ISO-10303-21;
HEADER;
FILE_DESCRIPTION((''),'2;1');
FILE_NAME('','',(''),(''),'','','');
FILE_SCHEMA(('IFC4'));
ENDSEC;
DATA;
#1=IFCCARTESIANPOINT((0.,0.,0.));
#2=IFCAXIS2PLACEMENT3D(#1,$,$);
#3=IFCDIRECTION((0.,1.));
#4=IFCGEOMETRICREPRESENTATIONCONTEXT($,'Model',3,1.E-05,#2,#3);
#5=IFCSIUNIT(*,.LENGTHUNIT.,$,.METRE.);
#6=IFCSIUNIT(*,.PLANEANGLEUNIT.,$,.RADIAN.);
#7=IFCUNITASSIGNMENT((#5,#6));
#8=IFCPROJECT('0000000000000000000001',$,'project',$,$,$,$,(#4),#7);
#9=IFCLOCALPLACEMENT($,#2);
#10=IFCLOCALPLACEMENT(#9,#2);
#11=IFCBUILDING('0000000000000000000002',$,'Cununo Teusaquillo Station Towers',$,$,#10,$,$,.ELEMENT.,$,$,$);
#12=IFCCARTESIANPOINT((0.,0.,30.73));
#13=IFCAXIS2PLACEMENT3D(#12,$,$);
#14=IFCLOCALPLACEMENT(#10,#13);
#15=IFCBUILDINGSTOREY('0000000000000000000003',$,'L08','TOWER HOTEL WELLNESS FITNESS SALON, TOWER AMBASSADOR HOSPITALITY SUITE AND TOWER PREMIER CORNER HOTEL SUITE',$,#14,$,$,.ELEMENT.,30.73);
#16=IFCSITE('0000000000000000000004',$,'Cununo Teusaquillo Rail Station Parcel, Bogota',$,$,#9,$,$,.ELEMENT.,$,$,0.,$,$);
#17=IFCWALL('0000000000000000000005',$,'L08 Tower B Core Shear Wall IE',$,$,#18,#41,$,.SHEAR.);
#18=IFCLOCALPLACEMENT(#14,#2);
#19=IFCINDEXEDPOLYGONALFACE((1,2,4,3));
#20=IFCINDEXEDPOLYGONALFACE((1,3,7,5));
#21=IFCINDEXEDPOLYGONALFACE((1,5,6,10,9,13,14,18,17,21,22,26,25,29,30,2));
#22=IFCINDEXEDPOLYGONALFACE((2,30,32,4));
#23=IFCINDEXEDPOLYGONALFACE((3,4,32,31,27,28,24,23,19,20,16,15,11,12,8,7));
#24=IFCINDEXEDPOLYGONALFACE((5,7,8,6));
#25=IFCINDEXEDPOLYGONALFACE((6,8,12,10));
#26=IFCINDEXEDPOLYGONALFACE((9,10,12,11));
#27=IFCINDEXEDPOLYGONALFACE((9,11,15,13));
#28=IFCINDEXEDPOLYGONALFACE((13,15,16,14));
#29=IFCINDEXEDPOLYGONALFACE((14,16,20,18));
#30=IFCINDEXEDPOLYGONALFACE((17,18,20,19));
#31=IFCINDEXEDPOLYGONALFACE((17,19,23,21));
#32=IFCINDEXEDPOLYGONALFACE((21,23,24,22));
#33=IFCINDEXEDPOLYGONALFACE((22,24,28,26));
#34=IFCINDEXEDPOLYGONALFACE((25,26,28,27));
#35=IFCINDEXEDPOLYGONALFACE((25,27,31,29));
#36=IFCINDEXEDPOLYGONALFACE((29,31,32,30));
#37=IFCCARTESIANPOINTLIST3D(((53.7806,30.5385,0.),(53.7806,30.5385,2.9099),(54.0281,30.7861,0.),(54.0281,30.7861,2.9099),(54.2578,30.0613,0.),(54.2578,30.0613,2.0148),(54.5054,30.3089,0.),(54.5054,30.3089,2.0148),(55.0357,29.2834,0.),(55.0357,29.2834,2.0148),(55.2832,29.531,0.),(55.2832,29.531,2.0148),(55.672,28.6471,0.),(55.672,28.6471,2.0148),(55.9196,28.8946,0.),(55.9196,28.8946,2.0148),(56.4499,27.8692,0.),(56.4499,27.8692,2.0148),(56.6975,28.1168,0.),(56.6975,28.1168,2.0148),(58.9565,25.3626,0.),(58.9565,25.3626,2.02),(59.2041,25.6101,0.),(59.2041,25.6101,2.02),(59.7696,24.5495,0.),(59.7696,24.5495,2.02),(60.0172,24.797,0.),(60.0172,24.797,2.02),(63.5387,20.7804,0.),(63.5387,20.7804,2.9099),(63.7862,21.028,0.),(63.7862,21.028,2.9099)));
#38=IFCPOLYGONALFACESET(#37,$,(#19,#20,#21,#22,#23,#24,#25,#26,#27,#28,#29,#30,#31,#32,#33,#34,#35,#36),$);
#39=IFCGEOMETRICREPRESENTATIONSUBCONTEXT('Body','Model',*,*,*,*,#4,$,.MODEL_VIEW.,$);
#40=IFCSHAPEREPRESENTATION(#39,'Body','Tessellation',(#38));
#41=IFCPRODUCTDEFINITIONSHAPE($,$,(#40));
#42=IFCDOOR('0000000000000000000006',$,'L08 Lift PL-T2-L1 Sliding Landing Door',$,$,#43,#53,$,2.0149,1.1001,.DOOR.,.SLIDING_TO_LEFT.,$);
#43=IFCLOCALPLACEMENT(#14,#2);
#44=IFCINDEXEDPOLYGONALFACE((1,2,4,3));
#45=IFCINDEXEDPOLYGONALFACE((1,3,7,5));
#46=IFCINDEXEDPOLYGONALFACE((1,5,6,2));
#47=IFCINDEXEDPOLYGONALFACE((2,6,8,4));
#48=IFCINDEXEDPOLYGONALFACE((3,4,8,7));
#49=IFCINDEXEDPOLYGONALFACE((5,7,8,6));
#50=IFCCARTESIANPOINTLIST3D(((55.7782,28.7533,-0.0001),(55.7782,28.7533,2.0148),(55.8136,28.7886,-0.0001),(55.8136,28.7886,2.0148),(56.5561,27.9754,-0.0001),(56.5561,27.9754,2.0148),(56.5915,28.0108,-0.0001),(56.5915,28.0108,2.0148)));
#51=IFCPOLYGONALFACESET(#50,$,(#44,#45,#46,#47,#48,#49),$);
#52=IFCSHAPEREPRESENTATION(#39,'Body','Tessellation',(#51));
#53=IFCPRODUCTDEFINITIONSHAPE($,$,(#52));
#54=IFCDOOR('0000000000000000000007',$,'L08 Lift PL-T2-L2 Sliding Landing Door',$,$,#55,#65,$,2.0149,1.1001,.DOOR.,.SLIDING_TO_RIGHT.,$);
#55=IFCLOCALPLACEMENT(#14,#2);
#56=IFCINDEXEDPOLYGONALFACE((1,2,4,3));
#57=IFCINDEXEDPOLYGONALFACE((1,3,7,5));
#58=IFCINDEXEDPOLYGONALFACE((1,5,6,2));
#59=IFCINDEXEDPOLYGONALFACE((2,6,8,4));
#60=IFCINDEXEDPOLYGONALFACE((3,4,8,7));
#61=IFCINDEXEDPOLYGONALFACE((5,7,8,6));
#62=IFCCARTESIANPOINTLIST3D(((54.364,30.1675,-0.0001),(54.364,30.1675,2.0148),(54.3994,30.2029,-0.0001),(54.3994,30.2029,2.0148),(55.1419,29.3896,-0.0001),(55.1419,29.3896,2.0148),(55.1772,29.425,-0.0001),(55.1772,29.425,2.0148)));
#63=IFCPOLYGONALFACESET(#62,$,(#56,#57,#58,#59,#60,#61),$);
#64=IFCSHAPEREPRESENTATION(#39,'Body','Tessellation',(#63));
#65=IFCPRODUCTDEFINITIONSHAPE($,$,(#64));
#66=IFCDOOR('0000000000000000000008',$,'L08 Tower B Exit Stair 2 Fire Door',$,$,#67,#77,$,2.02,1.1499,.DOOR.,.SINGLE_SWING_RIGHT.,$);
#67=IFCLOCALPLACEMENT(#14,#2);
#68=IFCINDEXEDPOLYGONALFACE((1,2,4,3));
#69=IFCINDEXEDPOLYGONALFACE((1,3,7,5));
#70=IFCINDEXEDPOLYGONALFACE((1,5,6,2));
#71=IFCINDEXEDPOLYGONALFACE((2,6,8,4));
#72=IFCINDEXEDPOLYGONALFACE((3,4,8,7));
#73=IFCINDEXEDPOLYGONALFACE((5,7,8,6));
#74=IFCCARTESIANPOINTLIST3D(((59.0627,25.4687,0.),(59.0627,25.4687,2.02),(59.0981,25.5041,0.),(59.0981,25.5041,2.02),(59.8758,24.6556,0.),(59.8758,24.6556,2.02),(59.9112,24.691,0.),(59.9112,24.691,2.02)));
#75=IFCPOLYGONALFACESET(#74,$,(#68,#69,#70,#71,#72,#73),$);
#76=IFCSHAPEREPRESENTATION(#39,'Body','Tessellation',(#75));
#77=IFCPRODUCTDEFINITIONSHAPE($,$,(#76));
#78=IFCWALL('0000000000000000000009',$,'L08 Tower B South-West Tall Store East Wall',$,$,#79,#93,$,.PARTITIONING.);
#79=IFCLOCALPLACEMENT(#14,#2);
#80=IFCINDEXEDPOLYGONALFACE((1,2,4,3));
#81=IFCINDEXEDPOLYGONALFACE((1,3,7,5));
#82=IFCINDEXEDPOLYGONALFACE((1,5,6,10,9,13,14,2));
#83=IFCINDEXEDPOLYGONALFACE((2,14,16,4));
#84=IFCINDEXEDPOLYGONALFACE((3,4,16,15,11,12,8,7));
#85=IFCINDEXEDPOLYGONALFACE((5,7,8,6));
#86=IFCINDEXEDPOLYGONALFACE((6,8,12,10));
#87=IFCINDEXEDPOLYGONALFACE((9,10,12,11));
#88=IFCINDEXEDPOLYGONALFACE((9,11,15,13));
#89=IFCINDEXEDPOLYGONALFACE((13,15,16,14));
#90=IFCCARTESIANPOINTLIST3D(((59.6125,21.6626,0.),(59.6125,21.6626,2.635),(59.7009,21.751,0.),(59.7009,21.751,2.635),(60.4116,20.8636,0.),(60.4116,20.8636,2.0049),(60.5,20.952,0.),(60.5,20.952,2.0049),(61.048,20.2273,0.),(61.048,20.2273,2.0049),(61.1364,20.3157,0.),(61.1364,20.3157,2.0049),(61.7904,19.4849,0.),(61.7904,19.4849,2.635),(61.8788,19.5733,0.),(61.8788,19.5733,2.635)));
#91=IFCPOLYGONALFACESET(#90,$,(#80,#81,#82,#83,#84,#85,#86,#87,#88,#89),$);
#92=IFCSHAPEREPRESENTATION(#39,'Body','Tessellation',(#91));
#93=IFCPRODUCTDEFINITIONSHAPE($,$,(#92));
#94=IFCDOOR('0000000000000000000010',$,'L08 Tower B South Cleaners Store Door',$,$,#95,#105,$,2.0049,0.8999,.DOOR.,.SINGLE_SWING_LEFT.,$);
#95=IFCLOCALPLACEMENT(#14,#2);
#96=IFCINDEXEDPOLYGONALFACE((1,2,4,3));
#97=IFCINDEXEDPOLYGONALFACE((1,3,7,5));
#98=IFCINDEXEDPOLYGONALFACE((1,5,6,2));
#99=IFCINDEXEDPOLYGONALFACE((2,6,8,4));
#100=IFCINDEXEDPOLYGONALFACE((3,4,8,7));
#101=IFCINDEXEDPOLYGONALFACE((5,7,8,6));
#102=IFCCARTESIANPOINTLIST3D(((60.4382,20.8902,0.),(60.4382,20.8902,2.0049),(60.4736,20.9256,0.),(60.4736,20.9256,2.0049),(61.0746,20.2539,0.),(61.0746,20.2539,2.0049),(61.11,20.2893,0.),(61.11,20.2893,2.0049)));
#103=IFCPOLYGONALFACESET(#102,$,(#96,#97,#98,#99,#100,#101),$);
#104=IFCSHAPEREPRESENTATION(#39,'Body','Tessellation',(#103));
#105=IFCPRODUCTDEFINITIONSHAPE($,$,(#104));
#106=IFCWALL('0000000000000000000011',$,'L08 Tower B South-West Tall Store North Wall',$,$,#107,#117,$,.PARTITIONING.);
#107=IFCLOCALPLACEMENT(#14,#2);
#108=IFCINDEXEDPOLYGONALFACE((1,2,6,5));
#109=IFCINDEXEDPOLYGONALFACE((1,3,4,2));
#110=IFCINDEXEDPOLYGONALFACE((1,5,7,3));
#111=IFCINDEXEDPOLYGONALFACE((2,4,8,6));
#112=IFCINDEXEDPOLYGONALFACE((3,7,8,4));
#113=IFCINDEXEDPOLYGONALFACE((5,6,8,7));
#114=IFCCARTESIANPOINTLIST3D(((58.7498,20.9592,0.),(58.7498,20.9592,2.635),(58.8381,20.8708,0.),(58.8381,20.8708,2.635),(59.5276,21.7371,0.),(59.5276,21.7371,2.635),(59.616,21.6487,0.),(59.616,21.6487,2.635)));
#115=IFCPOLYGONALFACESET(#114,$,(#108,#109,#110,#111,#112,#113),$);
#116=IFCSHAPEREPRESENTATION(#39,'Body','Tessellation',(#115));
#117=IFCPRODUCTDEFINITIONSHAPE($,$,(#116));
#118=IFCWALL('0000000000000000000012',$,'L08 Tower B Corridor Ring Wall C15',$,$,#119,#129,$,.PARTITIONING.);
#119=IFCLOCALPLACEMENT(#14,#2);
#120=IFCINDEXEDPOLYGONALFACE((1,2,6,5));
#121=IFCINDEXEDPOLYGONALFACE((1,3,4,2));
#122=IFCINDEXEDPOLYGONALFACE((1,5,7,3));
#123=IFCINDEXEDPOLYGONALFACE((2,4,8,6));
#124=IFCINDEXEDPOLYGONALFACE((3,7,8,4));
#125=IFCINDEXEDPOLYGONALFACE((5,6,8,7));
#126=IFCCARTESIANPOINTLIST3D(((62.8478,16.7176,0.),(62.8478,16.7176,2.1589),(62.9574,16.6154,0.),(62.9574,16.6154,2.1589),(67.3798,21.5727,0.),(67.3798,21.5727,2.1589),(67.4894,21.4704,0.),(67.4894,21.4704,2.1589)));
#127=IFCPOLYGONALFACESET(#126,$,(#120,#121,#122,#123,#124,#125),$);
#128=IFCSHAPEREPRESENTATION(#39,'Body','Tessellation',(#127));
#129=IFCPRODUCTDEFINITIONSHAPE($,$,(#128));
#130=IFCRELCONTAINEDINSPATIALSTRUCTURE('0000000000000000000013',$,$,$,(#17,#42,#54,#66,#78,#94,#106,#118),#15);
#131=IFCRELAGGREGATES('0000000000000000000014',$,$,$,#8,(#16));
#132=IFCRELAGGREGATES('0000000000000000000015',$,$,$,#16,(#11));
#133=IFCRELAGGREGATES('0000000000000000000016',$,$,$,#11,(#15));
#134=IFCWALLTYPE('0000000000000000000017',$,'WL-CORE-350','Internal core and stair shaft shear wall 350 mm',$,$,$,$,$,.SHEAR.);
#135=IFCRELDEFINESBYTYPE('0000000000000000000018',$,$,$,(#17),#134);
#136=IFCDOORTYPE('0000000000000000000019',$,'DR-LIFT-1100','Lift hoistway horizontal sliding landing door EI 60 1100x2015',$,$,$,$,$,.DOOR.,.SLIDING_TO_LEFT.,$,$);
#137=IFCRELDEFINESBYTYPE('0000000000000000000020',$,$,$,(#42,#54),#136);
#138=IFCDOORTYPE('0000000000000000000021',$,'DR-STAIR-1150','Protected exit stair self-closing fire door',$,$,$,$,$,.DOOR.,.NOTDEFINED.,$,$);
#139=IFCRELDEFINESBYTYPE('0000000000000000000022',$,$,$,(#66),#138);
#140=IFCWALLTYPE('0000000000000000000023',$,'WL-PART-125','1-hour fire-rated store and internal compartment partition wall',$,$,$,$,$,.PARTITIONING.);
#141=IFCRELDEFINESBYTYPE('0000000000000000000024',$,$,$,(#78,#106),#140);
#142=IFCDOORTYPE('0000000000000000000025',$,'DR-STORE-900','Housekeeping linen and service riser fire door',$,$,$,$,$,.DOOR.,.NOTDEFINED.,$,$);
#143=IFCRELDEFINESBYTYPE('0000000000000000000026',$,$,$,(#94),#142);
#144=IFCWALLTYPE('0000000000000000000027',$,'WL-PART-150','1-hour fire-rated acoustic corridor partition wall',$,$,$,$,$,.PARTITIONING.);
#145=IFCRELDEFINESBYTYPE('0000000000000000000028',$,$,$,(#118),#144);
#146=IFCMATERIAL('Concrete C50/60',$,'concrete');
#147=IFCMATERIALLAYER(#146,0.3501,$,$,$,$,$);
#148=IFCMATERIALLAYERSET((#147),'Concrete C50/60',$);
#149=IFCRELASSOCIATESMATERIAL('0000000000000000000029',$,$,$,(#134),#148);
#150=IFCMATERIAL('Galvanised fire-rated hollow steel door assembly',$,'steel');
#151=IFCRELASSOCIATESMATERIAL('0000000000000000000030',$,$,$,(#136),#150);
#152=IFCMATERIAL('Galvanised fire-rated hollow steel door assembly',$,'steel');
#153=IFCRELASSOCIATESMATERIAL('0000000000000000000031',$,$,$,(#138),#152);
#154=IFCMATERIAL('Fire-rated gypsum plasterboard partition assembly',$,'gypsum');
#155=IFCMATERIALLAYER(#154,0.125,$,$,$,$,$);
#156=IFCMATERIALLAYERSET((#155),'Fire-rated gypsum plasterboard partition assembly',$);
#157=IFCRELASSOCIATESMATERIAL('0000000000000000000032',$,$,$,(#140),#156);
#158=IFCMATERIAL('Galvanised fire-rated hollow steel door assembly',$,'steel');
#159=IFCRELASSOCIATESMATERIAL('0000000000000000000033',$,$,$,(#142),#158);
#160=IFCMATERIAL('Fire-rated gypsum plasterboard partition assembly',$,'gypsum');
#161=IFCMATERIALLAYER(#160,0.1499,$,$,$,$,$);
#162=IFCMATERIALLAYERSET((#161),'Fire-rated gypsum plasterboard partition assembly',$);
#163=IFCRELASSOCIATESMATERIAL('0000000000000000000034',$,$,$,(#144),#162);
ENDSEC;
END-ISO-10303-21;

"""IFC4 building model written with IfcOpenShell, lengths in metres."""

from ifc_helpers import new_model, si_unit, direction, frame, frame_2d, origin, place, context, subcontext, project, spatial, rectangle, extrude, source, transform, mapped, material, layer, layer_set, type_object, element, fill, save


model = new_model("IFC4")

# Units and contexts
model_context = context("Model", 3, precision=1e-05, world=origin(), true_north=direction((0.0, 1.0)))
body_context = subcontext(model_context, "Body", "Model", "MODEL_VIEW")
ifc_project = project(units=[si_unit("LENGTHUNIT", "METRE"), si_unit("PLANEANGLEUNIT", "RADIAN")], contexts=[model_context])

# Site, building, storey
site_placement = place(None, origin())
site = spatial("IfcSite", under=ifc_project, at=site_placement, Name="Cununo Teusaquillo Rail Station Parcel, Bogota", CompositionType="ELEMENT", RefElevation=0.0)
building_placement = place(site_placement, origin())
building = spatial("IfcBuilding", under=site, at=building_placement, Name="Cununo Teusaquillo Station Towers", CompositionType="ELEMENT")
storey_placement = place(building_placement, frame((0.0, 0.0, 30.73)))
storey = spatial("IfcBuildingStorey", under=building, at=storey_placement, Name="L08", Description="TOWER HOTEL WELLNESS FITNESS SALON, TOWER AMBASSADOR HOSPITALITY SUITE AND TOWER PREMIER CORNER HOTEL SUITE", CompositionType="ELEMENT", Elevation=30.73)

# Wall, openings, doors
ifc_material_1 = material(Name="Concrete C50/60", Category="concrete")
ifc_layer_1 = layer(ifc_material_1, 0.3501)
ifc_layer_set_1 = layer_set([ifc_layer_1], Name="Concrete C50/60")
wall_type_1 = type_object("IfcWallType", Name="WL-CORE-350", Description="Internal core and stair shaft shear wall 350 mm", PredefinedType="SHEAR", material=ifc_layer_set_1)
shared_shape_1 = source(origin(), body_context, "Body", "SweptSolid", [
    extrude(rectangle(XDim=1.1001, YDim=2.0149, at=frame_2d((0.55, 1.0073))), frame((0.0, 0.1851, 0.0), z_axis=(0.0, -1.0, 0.0), x_axis=(1.0, 0.0, 0.0)), (0.0, 0.0, 1.0), 0.3701),
])
shared_shape_2 = source(origin(), body_context, "Body", "SweptSolid", [
    extrude(rectangle(XDim=1.1499, YDim=2.02, at=frame_2d((0.575, 1.01))), frame((0.0, 0.1851, 0.0), z_axis=(0.0, -1.0, 0.0), x_axis=(1.0, 0.0, 0.0)), (0.0, 0.0, 1.0), 0.3701),
])
ifc_material_2 = material(Name="Galvanised fire-rated hollow steel door assembly", Category="steel")
door_type_1 = type_object("IfcDoorType", Name="DR-LIFT-1100", Description="Lift hoistway horizontal sliding landing door EI 60 1100x2015", OperationType="SLIDING_TO_LEFT", PredefinedType="DOOR", material=ifc_material_2)
shared_shape_3 = source(origin(), body_context, "Body", "SweptSolid", [
    extrude(rectangle(XDim=1.1001, YDim=2.0149, at=frame_2d((0.55, 1.0073))), frame((0.0, 0.0249, 0.0), z_axis=(0.0, -1.0, 0.0), x_axis=(1.0, 0.0, 0.0)), (0.0, 0.0, 1.0), 0.05),
])
ifc_material_3 = material(Name="Galvanised fire-rated hollow steel door assembly", Category="steel")
door_type_2 = type_object("IfcDoorType", Name="DR-STAIR-1150", Description="Protected exit stair self-closing fire door", OperationType="NOTDEFINED", PredefinedType="DOOR", material=ifc_material_3)
shared_shape_4 = source(origin(), body_context, "Body", "SweptSolid", [
    extrude(rectangle(XDim=1.1499, YDim=2.02, at=frame_2d((0.575, 1.01))), frame((0.0, 0.0249, 0.0), z_axis=(0.0, -1.0, 0.0), x_axis=(1.0, 0.0, 0.0)), (0.0, 0.0, 1.0), 0.05),
])
wall_1_placement = place(storey_placement, frame((63.6624, 20.9043, 0.0), z_axis=(0.0, 0.0, 1.0), x_axis=(-0.707107, 0.707107, 0.0)))
wall_1 = element("IfcWall", 1, at=wall_1_placement, inside=storey, type_object=wall_type_1, Name="L08 Tower B Core Shear Wall IE", PredefinedType="SHEAR", context=body_context, shape_type="SweptSolid", body=[
    extrude(rectangle(XDim=13.8, YDim=0.3501, at=frame_2d((6.8999, 0.0))), origin(), (0.0, 0.0, 1.0), 2.9099),
])
opening_1_placement = place(wall_1_placement, frame((10.0249, 0.0, 0.0)))
opening_1 = element("IfcOpeningElement", 2, at=opening_1_placement, cuts=wall_1, PredefinedType="OPENING", context=body_context, shape_type="MappedRepresentation", body=[
    mapped(shared_shape_1, transform((0.0, 0.0, 0.0), x_axis=(1.0, 0.0, 0.0), y_axis=(0.0, 1.0, 0.0), z_axis=(0.0, 0.0, 1.0), scale=1.0)),
])
opening_2_placement = place(wall_1_placement, frame((12.0249, 0.0, 0.0)))
opening_2 = element("IfcOpeningElement", 3, at=opening_2_placement, cuts=wall_1, PredefinedType="OPENING", context=body_context, shape_type="MappedRepresentation", body=[
    mapped(shared_shape_1, transform((0.0, 0.0, 0.0), x_axis=(1.0, 0.0, 0.0), y_axis=(0.0, 1.0, 0.0), z_axis=(0.0, 0.0, 1.0), scale=1.0)),
])
opening_3_placement = place(wall_1_placement, frame((5.3301, 0.0, 0.0)))
opening_3 = element("IfcOpeningElement", 4, at=opening_3_placement, cuts=wall_1, PredefinedType="OPENING", context=body_context, shape_type="MappedRepresentation", body=[
    mapped(shared_shape_2, transform((0.0, 0.0, 0.0), x_axis=(1.0, 0.0, 0.0), y_axis=(0.0, 1.0, 0.0), z_axis=(0.0, 0.0, 1.0), scale=1.0)),
])
door_1_placement = place(opening_1_placement, origin())
door_1 = element("IfcDoor", 5, at=door_1_placement, inside=storey, type_object=door_type_1, Name="L08 Lift PL-T2-L1 Sliding Landing Door", OperationType="SLIDING_TO_LEFT", OverallHeight=2.0149, OverallWidth=1.1001, PredefinedType="DOOR", context=body_context, shape_type="MappedRepresentation", body=[
    mapped(shared_shape_3, transform((0.0, 0.0, 0.0), x_axis=(1.0, 0.0, 0.0), y_axis=(0.0, 1.0, 0.0), z_axis=(0.0, 0.0, 1.0), scale=1.0)),
])
fill(opening_1, door_1)
door_2_placement = place(opening_2_placement, origin())
door_2 = element("IfcDoor", 6, at=door_2_placement, inside=storey, type_object=door_type_1, Name="L08 Lift PL-T2-L2 Sliding Landing Door", OperationType="SLIDING_TO_RIGHT", OverallHeight=2.0149, OverallWidth=1.1001, PredefinedType="DOOR", context=body_context, shape_type="MappedRepresentation", body=[
    mapped(shared_shape_3, transform((0.0, 0.0, 0.0), x_axis=(1.0, 0.0, 0.0), y_axis=(0.0, 1.0, 0.0), z_axis=(0.0, 0.0, 1.0), scale=1.0)),
])
fill(opening_2, door_2)
door_3_placement = place(opening_3_placement, origin())
door_3 = element("IfcDoor", 7, at=door_3_placement, inside=storey, type_object=door_type_2, Name="L08 Tower B Exit Stair 2 Fire Door", OperationType="SINGLE_SWING_RIGHT", OverallHeight=2.02, OverallWidth=1.1499, PredefinedType="DOOR", context=body_context, shape_type="MappedRepresentation", body=[
    mapped(shared_shape_4, transform((0.0, 0.0, 0.0), x_axis=(1.0, 0.0, 0.0), y_axis=(0.0, 1.0, 0.0), z_axis=(0.0, 0.0, 1.0), scale=1.0)),
])
fill(opening_3, door_3)

# Wall, opening, door
ifc_material_4 = material(Name="Fire-rated gypsum plasterboard partition assembly", Category="gypsum")
ifc_layer_2 = layer(ifc_material_4, 0.125)
ifc_layer_set_2 = layer_set([ifc_layer_2], Name="Fire-rated gypsum plasterboard partition assembly")
wall_type_2 = type_object("IfcWallType", Name="WL-PART-125", Description="1-hour fire-rated store and internal compartment partition wall", PredefinedType="PARTITIONING", material=ifc_layer_set_2)
wall_2_placement = place(storey_placement, frame((61.8347, 19.5291, 0.0), z_axis=(0.0, 0.0, 1.0), x_axis=(-0.707146, 0.707067, 0.0)))
wall_2 = element("IfcWall", 8, at=wall_2_placement, inside=storey, type_object=wall_type_2, Name="L08 Tower B South-West Tall Store East Wall", PredefinedType="PARTITIONING", context=body_context, shape_type="SweptSolid", body=[
    extrude(rectangle(XDim=3.0798, YDim=0.125, at=frame_2d((1.54, 0.0))), origin(), (0.0, 0.0, 1.0), 2.635),
])
shared_shape_5 = source(origin(), body_context, "Body", "SweptSolid", [
    extrude(rectangle(XDim=0.8999, YDim=2.0049, at=frame_2d((0.45, 1.0024))), frame((0.0, 0.0725, 0.0), z_axis=(0.0, -1.0, 0.0), x_axis=(1.0, 0.0, 0.0)), (0.0, 0.0, 1.0), 0.145),
])
opening_4_placement = place(wall_2_placement, frame((1.05, 0.0, 0.0)))
opening_4 = element("IfcOpeningElement", 9, at=opening_4_placement, cuts=wall_2, PredefinedType="OPENING", context=body_context, shape_type="MappedRepresentation", body=[
    mapped(shared_shape_5, transform((0.0, 0.0, 0.0), x_axis=(1.0, 0.0, 0.0), y_axis=(0.0, 1.0, 0.0), z_axis=(0.0, 0.0, 1.0), scale=1.0)),
])
ifc_material_5 = material(Name="Galvanised fire-rated hollow steel door assembly", Category="steel")
door_type_3 = type_object("IfcDoorType", Name="DR-STORE-900", Description="Housekeeping linen and service riser fire door", OperationType="NOTDEFINED", PredefinedType="DOOR", material=ifc_material_5)
shared_shape_6 = source(origin(), body_context, "Body", "SweptSolid", [
    extrude(rectangle(XDim=0.8999, YDim=2.0049, at=frame_2d((0.45, 1.0024))), frame((0.0, 0.0249, 0.0), z_axis=(0.0, -1.0, 0.0), x_axis=(1.0, 0.0, 0.0)), (0.0, 0.0, 1.0), 0.05),
])
door_4_placement = place(opening_4_placement, origin())
door_4 = element("IfcDoor", 10, at=door_4_placement, inside=storey, type_object=door_type_3, Name="L08 Tower B South Cleaners Store Door", OperationType="SINGLE_SWING_LEFT", OverallHeight=2.0049, OverallWidth=0.8999, PredefinedType="DOOR", context=body_context, shape_type="MappedRepresentation", body=[
    mapped(shared_shape_6, transform((0.0, 0.0, 0.0), x_axis=(1.0, 0.0, 0.0), y_axis=(0.0, 1.0, 0.0), z_axis=(0.0, 0.0, 1.0), scale=1.0)),
])
fill(opening_4, door_4)

# Walls
wall_3_placement = place(storey_placement, frame((58.7939, 20.915, 0.0), z_axis=(0.0, 0.0, 1.0), x_axis=(0.707107, 0.707107, 0.0)))
element("IfcWall", 11, at=wall_3_placement, inside=storey, type_object=wall_type_2, Name="L08 Tower B South-West Tall Store North Wall", PredefinedType="PARTITIONING", context=body_context, shape_type="SweptSolid", body=[
    extrude(rectangle(XDim=1.1001, YDim=0.125, at=frame_2d((0.55, 0.0))), origin(), (0.0, 0.0, 1.0), 2.635),
])
ifc_material_6 = material(Name="Fire-rated gypsum plasterboard partition assembly", Category="gypsum")
ifc_layer_3 = layer(ifc_material_6, 0.1499)
ifc_layer_set_3 = layer_set([ifc_layer_3], Name="Fire-rated gypsum plasterboard partition assembly")
wall_type_3 = type_object("IfcWallType", Name="WL-PART-150", Description="1-hour fire-rated acoustic corridor partition wall", PredefinedType="PARTITIONING", material=ifc_layer_set_3)
wall_4_placement = place(storey_placement, frame((62.9026, 16.6665, 0.0), z_axis=(0.0, 0.0, 1.0), x_axis=(0.682372, 0.731005, 0.0)))
element("IfcWall", 12, at=wall_4_placement, inside=storey, type_object=wall_type_3, Name="L08 Tower B Corridor Ring Wall C15", PredefinedType="PARTITIONING", context=body_context, shape_type="SweptSolid", body=[
    extrude(rectangle(XDim=6.6416, YDim=0.1499, at=frame_2d((3.3208, 0.0))), origin(), (0.0, 0.0, 1.0), 2.1589),
])

save(model, "model.ifc")
